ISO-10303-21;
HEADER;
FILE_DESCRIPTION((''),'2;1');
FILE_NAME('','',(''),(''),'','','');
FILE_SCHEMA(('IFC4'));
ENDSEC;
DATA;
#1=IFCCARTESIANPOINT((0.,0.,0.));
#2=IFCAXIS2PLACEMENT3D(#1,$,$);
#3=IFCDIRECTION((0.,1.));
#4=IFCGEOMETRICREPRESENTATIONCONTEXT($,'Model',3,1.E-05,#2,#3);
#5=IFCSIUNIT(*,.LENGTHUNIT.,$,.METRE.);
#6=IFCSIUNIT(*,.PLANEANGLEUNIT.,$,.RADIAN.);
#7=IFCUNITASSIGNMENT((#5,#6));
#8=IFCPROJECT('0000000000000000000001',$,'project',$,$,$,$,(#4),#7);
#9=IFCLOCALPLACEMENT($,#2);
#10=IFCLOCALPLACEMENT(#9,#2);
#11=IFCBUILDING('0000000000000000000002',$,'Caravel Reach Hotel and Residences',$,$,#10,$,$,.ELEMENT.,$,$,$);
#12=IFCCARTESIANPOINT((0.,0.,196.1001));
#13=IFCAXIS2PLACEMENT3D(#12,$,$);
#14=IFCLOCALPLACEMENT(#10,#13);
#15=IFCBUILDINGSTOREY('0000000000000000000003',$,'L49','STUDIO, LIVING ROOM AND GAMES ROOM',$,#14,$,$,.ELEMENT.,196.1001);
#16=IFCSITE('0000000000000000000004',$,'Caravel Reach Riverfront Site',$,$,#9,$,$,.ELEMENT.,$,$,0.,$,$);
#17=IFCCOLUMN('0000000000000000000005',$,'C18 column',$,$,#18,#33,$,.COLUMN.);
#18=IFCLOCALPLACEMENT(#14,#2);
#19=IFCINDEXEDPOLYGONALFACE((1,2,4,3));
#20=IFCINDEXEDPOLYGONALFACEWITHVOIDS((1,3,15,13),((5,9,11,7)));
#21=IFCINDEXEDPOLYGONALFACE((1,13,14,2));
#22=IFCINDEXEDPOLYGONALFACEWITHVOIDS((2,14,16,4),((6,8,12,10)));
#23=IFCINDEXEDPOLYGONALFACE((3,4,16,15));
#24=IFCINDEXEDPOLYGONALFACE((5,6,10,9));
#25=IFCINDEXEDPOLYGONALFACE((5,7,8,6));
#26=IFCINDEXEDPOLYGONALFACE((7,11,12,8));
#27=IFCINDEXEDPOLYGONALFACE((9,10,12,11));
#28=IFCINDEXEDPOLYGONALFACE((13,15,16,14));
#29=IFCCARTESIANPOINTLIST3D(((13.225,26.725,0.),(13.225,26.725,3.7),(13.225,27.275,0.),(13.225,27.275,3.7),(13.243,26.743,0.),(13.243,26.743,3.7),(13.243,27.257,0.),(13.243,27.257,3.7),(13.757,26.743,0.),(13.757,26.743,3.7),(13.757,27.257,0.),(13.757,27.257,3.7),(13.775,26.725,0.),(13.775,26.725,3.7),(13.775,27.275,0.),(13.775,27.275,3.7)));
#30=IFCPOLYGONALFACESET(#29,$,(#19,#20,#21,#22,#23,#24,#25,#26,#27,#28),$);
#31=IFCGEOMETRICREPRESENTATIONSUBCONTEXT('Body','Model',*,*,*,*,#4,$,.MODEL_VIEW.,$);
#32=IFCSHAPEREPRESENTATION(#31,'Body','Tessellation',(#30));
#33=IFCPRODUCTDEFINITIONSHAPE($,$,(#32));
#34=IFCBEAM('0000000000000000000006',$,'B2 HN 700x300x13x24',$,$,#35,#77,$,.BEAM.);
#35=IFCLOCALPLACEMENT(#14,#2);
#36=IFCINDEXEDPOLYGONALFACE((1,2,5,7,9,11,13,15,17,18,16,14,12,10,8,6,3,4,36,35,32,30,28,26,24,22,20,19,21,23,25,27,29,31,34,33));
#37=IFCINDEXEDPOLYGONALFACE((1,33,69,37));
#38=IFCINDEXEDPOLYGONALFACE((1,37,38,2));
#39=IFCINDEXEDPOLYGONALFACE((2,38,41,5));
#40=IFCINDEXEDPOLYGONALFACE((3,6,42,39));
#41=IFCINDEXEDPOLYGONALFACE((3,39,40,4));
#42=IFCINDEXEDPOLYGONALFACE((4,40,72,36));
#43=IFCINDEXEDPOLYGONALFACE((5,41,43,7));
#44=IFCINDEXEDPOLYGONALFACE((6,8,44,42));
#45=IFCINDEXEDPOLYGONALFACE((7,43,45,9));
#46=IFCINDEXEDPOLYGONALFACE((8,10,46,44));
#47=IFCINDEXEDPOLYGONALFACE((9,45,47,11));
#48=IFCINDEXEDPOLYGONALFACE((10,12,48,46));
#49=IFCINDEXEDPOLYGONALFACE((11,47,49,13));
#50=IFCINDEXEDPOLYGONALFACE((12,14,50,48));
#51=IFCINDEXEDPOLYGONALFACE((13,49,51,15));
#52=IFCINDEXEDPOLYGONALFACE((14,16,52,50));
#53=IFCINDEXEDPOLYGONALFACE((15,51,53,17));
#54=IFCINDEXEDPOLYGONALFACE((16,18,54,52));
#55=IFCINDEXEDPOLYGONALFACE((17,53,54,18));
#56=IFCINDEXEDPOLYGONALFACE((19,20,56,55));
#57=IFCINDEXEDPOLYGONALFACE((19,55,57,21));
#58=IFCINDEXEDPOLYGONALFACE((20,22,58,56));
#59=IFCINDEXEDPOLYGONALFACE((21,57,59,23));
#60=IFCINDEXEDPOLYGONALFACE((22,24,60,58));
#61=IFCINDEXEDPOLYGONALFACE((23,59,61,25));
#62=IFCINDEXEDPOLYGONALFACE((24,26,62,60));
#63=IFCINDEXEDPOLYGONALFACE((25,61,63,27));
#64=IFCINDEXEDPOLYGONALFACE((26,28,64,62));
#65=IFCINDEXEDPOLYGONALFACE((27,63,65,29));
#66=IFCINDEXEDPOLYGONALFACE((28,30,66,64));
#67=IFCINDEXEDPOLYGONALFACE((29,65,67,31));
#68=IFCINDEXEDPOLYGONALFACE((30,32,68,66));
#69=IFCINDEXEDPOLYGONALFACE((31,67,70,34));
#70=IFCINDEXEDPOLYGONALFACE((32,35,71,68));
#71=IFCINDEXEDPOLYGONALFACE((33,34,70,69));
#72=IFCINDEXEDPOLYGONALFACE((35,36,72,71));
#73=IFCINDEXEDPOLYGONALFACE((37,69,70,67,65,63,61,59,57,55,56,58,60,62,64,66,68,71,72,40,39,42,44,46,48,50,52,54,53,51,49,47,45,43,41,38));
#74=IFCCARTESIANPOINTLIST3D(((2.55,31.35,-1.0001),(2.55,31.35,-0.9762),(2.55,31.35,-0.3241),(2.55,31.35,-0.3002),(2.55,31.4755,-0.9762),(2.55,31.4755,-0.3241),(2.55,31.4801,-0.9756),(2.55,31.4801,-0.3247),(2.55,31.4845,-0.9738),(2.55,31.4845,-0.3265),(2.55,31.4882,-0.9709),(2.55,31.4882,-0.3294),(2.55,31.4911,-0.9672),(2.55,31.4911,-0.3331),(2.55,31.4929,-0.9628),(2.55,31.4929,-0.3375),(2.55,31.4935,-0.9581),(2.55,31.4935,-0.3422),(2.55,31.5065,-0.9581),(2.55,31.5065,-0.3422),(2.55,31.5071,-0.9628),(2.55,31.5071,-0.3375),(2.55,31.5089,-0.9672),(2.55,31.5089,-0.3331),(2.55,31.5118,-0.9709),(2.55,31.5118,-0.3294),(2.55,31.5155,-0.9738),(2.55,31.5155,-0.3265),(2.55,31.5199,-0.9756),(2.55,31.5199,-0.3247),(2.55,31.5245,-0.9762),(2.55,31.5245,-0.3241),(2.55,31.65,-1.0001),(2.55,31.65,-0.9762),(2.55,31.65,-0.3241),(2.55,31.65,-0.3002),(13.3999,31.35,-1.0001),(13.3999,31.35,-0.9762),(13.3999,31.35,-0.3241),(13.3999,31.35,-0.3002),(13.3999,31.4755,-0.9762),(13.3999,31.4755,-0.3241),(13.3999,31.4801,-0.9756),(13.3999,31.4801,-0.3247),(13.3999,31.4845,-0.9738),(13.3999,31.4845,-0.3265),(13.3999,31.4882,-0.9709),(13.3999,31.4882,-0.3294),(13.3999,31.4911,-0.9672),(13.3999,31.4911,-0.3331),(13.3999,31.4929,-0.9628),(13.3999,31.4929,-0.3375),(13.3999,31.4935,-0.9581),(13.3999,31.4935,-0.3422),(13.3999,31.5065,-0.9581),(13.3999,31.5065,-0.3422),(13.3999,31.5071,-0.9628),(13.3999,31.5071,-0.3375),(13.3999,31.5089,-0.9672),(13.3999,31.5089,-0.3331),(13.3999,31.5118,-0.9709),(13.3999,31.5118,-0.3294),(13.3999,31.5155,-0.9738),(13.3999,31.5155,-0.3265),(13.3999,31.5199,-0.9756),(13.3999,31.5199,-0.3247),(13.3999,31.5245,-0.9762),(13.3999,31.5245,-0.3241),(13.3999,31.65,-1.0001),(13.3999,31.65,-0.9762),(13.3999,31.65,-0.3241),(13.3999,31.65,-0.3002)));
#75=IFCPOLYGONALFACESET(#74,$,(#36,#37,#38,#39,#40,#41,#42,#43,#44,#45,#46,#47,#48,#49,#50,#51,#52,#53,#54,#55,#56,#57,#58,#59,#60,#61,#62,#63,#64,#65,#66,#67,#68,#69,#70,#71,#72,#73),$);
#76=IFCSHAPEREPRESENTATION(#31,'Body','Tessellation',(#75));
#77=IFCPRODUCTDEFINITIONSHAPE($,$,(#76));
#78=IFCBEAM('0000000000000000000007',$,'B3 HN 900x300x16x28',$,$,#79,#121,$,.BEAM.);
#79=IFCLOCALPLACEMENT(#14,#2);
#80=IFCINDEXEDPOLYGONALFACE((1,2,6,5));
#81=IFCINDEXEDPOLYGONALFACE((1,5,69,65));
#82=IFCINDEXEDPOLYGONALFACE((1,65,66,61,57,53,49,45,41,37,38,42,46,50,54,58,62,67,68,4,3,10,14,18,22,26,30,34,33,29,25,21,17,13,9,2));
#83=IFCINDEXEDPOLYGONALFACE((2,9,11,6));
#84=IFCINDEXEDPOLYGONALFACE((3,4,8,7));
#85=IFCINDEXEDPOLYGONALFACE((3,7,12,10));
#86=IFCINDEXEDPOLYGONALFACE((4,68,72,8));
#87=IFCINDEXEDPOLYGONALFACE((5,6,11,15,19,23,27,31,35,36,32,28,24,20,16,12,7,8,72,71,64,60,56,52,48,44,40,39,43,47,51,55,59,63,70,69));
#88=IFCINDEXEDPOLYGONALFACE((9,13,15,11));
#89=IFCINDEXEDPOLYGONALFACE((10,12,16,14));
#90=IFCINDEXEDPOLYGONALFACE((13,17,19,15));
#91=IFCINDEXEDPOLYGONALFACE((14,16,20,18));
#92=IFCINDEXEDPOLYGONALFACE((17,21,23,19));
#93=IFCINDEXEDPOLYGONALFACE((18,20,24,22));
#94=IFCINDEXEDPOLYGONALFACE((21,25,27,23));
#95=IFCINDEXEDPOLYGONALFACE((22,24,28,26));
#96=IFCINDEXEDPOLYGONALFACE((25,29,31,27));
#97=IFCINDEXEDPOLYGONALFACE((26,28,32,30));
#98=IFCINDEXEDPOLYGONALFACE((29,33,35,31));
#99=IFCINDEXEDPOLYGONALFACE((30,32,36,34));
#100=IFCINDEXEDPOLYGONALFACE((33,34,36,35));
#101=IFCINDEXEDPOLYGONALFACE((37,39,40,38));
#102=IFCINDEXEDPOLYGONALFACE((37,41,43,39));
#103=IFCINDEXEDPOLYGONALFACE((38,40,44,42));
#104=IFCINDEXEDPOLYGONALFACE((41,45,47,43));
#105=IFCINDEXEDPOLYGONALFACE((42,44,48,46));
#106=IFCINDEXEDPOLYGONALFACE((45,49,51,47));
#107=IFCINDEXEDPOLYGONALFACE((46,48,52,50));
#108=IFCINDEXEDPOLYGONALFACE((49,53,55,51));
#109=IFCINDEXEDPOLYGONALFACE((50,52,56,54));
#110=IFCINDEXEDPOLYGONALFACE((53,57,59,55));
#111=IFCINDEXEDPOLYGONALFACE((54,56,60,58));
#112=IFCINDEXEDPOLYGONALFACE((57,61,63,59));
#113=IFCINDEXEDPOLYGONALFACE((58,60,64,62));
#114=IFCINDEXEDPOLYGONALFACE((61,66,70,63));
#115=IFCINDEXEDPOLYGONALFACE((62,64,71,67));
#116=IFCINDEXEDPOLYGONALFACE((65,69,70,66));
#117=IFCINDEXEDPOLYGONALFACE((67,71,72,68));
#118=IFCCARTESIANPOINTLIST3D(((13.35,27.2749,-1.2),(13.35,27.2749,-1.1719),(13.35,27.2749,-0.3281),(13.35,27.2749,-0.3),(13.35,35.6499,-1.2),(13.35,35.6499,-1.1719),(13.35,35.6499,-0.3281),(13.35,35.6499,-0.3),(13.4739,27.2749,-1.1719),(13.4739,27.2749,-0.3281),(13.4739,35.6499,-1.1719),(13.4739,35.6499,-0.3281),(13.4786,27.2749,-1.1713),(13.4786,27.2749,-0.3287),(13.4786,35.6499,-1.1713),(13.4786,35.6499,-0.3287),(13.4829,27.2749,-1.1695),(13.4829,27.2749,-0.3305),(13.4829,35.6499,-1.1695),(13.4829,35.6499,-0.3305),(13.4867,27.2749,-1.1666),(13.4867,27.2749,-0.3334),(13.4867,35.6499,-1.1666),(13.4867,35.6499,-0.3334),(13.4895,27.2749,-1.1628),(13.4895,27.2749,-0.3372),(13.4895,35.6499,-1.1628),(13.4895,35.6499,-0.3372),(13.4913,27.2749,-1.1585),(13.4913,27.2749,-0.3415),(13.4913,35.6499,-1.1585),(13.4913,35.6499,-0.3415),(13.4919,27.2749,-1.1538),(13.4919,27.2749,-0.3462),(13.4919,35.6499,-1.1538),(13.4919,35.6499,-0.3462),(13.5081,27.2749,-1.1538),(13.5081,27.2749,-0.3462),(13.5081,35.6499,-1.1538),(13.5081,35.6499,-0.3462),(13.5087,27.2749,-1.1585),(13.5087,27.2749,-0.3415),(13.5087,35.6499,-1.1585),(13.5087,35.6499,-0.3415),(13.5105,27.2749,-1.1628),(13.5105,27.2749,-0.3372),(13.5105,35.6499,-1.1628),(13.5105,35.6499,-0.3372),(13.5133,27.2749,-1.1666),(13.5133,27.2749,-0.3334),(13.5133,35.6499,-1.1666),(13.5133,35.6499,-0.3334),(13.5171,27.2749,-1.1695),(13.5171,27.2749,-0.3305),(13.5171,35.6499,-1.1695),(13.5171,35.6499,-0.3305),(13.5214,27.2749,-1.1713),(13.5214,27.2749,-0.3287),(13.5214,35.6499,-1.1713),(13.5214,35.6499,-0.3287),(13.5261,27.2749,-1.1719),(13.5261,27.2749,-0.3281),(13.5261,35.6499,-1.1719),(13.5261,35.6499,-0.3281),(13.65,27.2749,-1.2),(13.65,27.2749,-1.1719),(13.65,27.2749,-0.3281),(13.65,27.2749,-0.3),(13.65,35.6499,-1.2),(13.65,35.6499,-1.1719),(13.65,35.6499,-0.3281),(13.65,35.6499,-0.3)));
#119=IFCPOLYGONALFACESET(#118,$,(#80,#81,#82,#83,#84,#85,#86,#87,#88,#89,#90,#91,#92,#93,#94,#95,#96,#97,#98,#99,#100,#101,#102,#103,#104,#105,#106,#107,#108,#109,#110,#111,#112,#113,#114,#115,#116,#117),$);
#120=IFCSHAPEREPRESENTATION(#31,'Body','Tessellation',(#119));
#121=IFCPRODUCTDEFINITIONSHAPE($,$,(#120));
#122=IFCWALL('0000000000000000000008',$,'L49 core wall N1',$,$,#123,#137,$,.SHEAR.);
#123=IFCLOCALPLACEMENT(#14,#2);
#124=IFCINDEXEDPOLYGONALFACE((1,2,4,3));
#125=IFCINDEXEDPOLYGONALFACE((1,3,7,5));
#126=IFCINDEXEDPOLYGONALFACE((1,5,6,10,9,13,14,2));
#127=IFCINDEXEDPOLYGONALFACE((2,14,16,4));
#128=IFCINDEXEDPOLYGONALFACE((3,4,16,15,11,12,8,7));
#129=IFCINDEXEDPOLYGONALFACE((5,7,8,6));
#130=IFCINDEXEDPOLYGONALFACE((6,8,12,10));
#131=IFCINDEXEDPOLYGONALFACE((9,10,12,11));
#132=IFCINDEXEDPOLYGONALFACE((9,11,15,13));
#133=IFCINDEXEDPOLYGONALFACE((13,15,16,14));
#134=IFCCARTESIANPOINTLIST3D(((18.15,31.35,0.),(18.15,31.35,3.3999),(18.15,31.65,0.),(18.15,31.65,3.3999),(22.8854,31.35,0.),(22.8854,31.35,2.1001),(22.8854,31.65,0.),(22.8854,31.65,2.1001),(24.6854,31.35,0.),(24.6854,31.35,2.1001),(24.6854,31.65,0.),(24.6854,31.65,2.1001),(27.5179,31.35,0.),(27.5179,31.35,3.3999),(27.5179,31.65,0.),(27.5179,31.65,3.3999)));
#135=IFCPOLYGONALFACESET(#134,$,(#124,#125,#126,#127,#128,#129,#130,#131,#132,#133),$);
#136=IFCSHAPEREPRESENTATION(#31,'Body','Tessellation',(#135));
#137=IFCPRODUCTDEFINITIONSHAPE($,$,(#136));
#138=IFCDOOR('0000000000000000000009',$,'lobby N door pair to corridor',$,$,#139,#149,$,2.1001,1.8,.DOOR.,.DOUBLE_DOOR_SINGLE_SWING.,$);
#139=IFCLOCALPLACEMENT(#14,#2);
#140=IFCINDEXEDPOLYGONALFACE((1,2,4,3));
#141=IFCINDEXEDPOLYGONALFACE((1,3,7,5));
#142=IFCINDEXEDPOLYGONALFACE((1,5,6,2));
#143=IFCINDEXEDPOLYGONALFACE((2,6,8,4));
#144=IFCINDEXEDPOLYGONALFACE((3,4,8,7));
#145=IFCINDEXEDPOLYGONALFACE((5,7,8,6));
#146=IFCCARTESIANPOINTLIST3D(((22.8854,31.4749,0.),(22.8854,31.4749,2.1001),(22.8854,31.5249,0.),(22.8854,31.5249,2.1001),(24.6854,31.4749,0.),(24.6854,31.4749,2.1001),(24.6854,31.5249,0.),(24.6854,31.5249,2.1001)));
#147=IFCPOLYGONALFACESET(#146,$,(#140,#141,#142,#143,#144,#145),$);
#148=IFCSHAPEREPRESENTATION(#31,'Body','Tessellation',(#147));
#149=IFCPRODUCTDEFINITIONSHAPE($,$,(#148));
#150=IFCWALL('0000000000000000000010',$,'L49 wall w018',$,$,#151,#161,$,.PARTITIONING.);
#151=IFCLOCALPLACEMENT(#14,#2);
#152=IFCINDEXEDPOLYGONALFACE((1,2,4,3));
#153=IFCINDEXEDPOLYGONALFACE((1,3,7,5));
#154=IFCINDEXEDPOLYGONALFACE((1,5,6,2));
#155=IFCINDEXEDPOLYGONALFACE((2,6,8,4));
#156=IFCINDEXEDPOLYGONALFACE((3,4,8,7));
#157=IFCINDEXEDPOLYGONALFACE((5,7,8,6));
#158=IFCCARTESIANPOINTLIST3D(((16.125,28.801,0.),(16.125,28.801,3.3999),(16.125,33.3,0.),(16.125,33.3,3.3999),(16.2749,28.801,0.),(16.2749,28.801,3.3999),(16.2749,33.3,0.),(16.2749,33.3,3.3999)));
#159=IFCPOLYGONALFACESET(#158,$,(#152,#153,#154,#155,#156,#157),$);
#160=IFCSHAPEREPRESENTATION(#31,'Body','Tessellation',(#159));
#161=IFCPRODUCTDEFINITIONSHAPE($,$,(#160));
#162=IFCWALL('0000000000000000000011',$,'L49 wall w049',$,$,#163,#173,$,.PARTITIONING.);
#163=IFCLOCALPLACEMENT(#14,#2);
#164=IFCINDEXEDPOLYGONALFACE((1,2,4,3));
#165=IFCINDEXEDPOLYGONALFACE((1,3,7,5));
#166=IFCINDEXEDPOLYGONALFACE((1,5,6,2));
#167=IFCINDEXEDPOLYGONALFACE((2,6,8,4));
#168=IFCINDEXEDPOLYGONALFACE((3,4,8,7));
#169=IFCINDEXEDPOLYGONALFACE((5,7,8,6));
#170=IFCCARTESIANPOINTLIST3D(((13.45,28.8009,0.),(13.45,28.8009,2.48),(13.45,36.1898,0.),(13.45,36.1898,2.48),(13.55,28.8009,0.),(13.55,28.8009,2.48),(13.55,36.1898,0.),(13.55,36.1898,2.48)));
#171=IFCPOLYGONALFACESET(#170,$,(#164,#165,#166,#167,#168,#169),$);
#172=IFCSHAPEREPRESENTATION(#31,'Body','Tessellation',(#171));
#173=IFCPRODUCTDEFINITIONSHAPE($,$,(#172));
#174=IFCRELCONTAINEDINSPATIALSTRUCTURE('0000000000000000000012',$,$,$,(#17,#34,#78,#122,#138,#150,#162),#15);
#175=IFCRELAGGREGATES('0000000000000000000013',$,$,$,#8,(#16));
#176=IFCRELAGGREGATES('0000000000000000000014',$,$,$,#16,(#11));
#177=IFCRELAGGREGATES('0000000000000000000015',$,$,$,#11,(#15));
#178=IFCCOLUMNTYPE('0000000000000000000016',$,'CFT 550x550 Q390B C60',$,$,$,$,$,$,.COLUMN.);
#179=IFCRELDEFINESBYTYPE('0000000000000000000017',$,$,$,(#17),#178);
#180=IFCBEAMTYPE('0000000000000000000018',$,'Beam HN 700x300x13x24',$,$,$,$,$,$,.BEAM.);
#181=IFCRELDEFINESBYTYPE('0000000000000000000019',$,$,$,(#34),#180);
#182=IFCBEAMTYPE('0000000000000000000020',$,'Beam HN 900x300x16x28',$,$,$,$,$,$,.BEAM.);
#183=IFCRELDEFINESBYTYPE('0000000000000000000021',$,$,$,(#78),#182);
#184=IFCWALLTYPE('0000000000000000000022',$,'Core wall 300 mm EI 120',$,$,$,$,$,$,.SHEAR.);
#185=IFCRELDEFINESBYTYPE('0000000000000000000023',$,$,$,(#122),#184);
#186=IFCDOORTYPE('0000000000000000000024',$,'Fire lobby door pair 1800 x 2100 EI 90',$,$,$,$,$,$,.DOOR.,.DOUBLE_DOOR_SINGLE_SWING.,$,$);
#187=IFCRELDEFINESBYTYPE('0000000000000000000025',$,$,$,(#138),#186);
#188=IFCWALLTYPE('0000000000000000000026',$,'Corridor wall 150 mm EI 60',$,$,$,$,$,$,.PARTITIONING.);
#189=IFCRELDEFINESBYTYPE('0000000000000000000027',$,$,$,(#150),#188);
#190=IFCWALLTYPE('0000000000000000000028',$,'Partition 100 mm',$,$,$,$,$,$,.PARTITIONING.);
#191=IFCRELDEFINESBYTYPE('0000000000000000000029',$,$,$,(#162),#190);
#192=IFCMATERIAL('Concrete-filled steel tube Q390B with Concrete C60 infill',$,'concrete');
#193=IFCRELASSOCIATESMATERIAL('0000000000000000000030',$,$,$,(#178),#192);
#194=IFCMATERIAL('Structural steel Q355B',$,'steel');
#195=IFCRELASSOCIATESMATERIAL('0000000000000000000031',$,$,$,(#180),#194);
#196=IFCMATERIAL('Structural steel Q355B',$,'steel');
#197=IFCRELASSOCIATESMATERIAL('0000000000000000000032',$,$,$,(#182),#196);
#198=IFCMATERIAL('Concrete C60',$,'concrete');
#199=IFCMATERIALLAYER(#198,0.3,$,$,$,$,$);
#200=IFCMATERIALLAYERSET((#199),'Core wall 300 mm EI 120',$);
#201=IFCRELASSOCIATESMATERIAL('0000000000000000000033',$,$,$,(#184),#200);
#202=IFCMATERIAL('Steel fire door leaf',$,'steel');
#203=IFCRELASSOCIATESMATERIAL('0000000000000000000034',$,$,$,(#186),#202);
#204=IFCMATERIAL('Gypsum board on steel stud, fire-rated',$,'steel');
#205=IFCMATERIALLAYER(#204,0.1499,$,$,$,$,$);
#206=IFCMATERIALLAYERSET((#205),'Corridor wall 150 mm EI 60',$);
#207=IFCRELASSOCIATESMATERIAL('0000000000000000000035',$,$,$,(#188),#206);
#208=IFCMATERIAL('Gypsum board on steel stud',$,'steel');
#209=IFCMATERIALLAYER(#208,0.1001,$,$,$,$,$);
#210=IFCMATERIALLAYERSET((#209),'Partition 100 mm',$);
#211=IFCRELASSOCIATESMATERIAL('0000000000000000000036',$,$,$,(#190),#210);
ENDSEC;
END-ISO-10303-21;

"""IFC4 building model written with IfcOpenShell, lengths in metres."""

from ifc_helpers import new_model, si_unit, direction, frame, frame_2d, origin, origin_2d, place, context, subcontext, project, spatial, rectangle, hollow_rectangle, i_section, extrude, material, layer, layer_set, material_profile, profile_set, type_object, element, fill, save


model = new_model("IFC4")

# Units and contexts
model_context = context("Model", 3, precision=1e-05, world=origin(), true_north=direction((0.0, 1.0)))
body_context = subcontext(model_context, "Body", "Model", "MODEL_VIEW")
ifc_project = project(units=[si_unit("LENGTHUNIT", "METRE"), si_unit("PLANEANGLEUNIT", "RADIAN")], contexts=[model_context])

# Site, building, storey
site_placement = place(None, origin())
site = spatial("IfcSite", under=ifc_project, at=site_placement, Name="Caravel Reach Riverfront Site", CompositionType="ELEMENT", RefElevation=0.0)
building_placement = place(site_placement, origin())
building = spatial("IfcBuilding", under=site, at=building_placement, Name="Caravel Reach Hotel and Residences", CompositionType="ELEMENT")
storey_placement = place(building_placement, frame((0.0, 0.0, 196.1001)))
storey = spatial("IfcBuildingStorey", under=building, at=storey_placement, Name="L49", Description="STUDIO, LIVING ROOM AND GAMES ROOM", CompositionType="ELEMENT", Elevation=196.1001)

# Column
ifc_material_1 = material(Name="Concrete-filled steel tube Q390B with Concrete C60 infill", Category="concrete")
ifc_material_profile_1 = material_profile(ifc_material_1, hollow_rectangle(XDim=0.55, YDim=0.55, WallThickness=0.0181, at=origin_2d()), Name="RHS 550x550x18")
ifc_profile_set_1 = profile_set([ifc_material_profile_1], Name="Concrete-filled steel tube Q390B with Concrete C60 infill")
column_type = type_object("IfcColumnType", Name="CFT 550x550 Q390B C60", PredefinedType="COLUMN", material=ifc_profile_set_1)
column_placement = place(storey_placement, frame((13.5, 27.0, 0.0), z_axis=(0.0, 0.0, 1.0), x_axis=(1.0, 0.0, 0.0)))
element("IfcColumn", 1, at=column_placement, inside=storey, type_object=column_type, Name="C18 column", PredefinedType="COLUMN", context=body_context, shape_type="SweptSolid", body=[
    extrude(hollow_rectangle(XDim=0.55, YDim=0.55, WallThickness=0.0181, at=origin_2d()), origin(), (0.0, 0.0, 1.0), 3.7),
])

# Beams
ifc_material_2 = material(Name="Structural steel Q355B", Category="steel")
ifc_material_profile_2 = material_profile(ifc_material_2, i_section(OverallWidth=0.3, OverallDepth=0.7, WebThickness=0.0129, FlangeThickness=0.0239, FilletRadius=0.0181, at=origin_2d()), Name="HN 700x300x13x24")
ifc_profile_set_2 = profile_set([ifc_material_profile_2], Name="Structural steel Q355B")
beam_type_1 = type_object("IfcBeamType", Name="Beam HN 700x300x13x24", PredefinedType="BEAM", material=ifc_profile_set_2)
beam_1_placement = place(storey_placement, frame((13.3999, 31.5, -0.6501), z_axis=(-1.0, 0.0, 0.0), x_axis=(0.0, -1.0, 0.0)))
element("IfcBeam", 2, at=beam_1_placement, inside=storey, type_object=beam_type_1, Name="B2 HN 700x300x13x24", PredefinedType="BEAM", context=body_context, shape_type="SweptSolid", body=[
    extrude(i_section(OverallWidth=0.3, OverallDepth=0.7, WebThickness=0.0129, FlangeThickness=0.0239, FilletRadius=0.0181, at=origin_2d()), origin(), (0.0, 0.0, 1.0), 10.8499),
])
ifc_material_3 = material(Name="Structural steel Q355B", Category="steel")
ifc_material_profile_3 = material_profile(ifc_material_3, i_section(OverallWidth=0.3, OverallDepth=0.8999, WebThickness=0.0161, FlangeThickness=0.0281, FilletRadius=0.0181, at=origin_2d()), Name="HN 900x300x16x28")
ifc_profile_set_3 = profile_set([ifc_material_profile_3], Name="Structural steel Q355B")
beam_type_2 = type_object("IfcBeamType", Name="Beam HN 900x300x16x28", PredefinedType="BEAM", material=ifc_profile_set_3)
beam_2_placement = place(storey_placement, frame((13.5, 27.2749, -0.75), z_axis=(0.0, 1.0, 0.0), x_axis=(-1.0, 0.0, 0.0)))
element("IfcBeam", 3, at=beam_2_placement, inside=storey, type_object=beam_type_2, Name="B3 HN 900x300x16x28", PredefinedType="BEAM", context=body_context, shape_type="SweptSolid", body=[
    extrude(i_section(OverallWidth=0.3, OverallDepth=0.8999, WebThickness=0.0161, FlangeThickness=0.0281, FilletRadius=0.0181, at=origin_2d()), origin(), (0.0, 0.0, 1.0), 8.375),
])

# Wall, opening, door
ifc_material_4 = material(Name="Concrete C60", Category="concrete")
ifc_layer_1 = layer(ifc_material_4, 0.3)
ifc_layer_set_1 = layer_set([ifc_layer_1], Name="Core wall 300 mm EI 120")
wall_type_1 = type_object("IfcWallType", Name="Core wall 300 mm EI 120", PredefinedType="SHEAR", material=ifc_layer_set_1)
wall_1_placement = place(storey_placement, frame((18.1499, 31.5, 0.0), z_axis=(0.0, 0.0, 1.0), x_axis=(1.0, 0.0, 0.0)))
wall_1 = element("IfcWall", 4, at=wall_1_placement, inside=storey, type_object=wall_type_1, Name="L49 core wall N1", PredefinedType="SHEAR", context=body_context, shape_type="SweptSolid", body=[
    extrude(rectangle(XDim=9.3679, YDim=0.3, at=frame_2d((4.6841, 0.0))), origin(), (0.0, 0.0, 1.0), 3.3999),
])
opening_placement = place(wall_1_placement, frame((4.7356, 0.0, 0.0)))
opening = element("IfcOpeningElement", 5, at=opening_placement, cuts=wall_1, PredefinedType="OPENING", context=body_context, shape_type="SweptSolid", body=[
    extrude(rectangle(XDim=1.8, YDim=2.1001, at=frame_2d((0.8999, 1.05))), frame((0.0, 0.1599, 0.0), z_axis=(0.0, -1.0, 0.0), x_axis=(1.0, 0.0, 0.0)), (0.0, 0.0, 1.0), 0.3201),
])
ifc_material_5 = material(Name="Steel fire door leaf", Category="steel")
door_type = type_object("IfcDoorType", Name="Fire lobby door pair 1800 x 2100 EI 90", OperationType="DOUBLE_DOOR_SINGLE_SWING", PredefinedType="DOOR", material=ifc_material_5)
door_placement = place(opening_placement, origin())
door = element("IfcDoor", 6, at=door_placement, inside=storey, type_object=door_type, Name="lobby N door pair to corridor", OperationType="DOUBLE_DOOR_SINGLE_SWING", OverallHeight=2.1001, OverallWidth=1.8, PredefinedType="DOOR", context=body_context, shape_type="SweptSolid", body=[
    extrude(rectangle(XDim=1.8, YDim=2.1001, at=frame_2d((0.8999, 1.05))), frame((0.0, 0.0249, 0.0), z_axis=(0.0, -1.0, 0.0), x_axis=(1.0, 0.0, 0.0)), (0.0, 0.0, 1.0), 0.05),
])
fill(opening, door)

# Walls
ifc_material_6 = material(Name="Gypsum board on steel stud, fire-rated", Category="steel")
ifc_layer_2 = layer(ifc_material_6, 0.1499)
ifc_layer_set_2 = layer_set([ifc_layer_2], Name="Corridor wall 150 mm EI 60")
wall_type_2 = type_object("IfcWallType", Name="Corridor wall 150 mm EI 60", PredefinedType="PARTITIONING", material=ifc_layer_set_2)
wall_2_placement = place(storey_placement, frame((16.2, 28.801, 0.0), z_axis=(0.0, 0.0, 1.0), x_axis=(0.0, 1.0, 0.0)))
element("IfcWall", 7, at=wall_2_placement, inside=storey, type_object=wall_type_2, Name="L49 wall w018", PredefinedType="PARTITIONING", context=body_context, shape_type="SweptSolid", body=[
    extrude(rectangle(XDim=4.499, YDim=0.1499, at=frame_2d((2.2495, 0.0))), origin(), (0.0, 0.0, 1.0), 3.3999),
])
ifc_material_7 = material(Name="Gypsum board on steel stud", Category="steel")
ifc_layer_3 = layer(ifc_material_7, 0.1001)
ifc_layer_set_3 = layer_set([ifc_layer_3], Name="Partition 100 mm")
wall_type_3 = type_object("IfcWallType", Name="Partition 100 mm", PredefinedType="PARTITIONING", material=ifc_layer_set_3)
wall_3_placement = place(storey_placement, frame((13.5, 28.801, 0.0), z_axis=(0.0, 0.0, 1.0), x_axis=(0.0, 1.0, 0.0)))
element("IfcWall", 8, at=wall_3_placement, inside=storey, type_object=wall_type_3, Name="L49 wall w049", PredefinedType="PARTITIONING", context=body_context, shape_type="SweptSolid", body=[
    extrude(rectangle(XDim=7.3889, YDim=0.1001, at=frame_2d((3.6943, 0.0))), origin(), (0.0, 0.0, 1.0), 2.48),
])

save(model, "model.ifc")
